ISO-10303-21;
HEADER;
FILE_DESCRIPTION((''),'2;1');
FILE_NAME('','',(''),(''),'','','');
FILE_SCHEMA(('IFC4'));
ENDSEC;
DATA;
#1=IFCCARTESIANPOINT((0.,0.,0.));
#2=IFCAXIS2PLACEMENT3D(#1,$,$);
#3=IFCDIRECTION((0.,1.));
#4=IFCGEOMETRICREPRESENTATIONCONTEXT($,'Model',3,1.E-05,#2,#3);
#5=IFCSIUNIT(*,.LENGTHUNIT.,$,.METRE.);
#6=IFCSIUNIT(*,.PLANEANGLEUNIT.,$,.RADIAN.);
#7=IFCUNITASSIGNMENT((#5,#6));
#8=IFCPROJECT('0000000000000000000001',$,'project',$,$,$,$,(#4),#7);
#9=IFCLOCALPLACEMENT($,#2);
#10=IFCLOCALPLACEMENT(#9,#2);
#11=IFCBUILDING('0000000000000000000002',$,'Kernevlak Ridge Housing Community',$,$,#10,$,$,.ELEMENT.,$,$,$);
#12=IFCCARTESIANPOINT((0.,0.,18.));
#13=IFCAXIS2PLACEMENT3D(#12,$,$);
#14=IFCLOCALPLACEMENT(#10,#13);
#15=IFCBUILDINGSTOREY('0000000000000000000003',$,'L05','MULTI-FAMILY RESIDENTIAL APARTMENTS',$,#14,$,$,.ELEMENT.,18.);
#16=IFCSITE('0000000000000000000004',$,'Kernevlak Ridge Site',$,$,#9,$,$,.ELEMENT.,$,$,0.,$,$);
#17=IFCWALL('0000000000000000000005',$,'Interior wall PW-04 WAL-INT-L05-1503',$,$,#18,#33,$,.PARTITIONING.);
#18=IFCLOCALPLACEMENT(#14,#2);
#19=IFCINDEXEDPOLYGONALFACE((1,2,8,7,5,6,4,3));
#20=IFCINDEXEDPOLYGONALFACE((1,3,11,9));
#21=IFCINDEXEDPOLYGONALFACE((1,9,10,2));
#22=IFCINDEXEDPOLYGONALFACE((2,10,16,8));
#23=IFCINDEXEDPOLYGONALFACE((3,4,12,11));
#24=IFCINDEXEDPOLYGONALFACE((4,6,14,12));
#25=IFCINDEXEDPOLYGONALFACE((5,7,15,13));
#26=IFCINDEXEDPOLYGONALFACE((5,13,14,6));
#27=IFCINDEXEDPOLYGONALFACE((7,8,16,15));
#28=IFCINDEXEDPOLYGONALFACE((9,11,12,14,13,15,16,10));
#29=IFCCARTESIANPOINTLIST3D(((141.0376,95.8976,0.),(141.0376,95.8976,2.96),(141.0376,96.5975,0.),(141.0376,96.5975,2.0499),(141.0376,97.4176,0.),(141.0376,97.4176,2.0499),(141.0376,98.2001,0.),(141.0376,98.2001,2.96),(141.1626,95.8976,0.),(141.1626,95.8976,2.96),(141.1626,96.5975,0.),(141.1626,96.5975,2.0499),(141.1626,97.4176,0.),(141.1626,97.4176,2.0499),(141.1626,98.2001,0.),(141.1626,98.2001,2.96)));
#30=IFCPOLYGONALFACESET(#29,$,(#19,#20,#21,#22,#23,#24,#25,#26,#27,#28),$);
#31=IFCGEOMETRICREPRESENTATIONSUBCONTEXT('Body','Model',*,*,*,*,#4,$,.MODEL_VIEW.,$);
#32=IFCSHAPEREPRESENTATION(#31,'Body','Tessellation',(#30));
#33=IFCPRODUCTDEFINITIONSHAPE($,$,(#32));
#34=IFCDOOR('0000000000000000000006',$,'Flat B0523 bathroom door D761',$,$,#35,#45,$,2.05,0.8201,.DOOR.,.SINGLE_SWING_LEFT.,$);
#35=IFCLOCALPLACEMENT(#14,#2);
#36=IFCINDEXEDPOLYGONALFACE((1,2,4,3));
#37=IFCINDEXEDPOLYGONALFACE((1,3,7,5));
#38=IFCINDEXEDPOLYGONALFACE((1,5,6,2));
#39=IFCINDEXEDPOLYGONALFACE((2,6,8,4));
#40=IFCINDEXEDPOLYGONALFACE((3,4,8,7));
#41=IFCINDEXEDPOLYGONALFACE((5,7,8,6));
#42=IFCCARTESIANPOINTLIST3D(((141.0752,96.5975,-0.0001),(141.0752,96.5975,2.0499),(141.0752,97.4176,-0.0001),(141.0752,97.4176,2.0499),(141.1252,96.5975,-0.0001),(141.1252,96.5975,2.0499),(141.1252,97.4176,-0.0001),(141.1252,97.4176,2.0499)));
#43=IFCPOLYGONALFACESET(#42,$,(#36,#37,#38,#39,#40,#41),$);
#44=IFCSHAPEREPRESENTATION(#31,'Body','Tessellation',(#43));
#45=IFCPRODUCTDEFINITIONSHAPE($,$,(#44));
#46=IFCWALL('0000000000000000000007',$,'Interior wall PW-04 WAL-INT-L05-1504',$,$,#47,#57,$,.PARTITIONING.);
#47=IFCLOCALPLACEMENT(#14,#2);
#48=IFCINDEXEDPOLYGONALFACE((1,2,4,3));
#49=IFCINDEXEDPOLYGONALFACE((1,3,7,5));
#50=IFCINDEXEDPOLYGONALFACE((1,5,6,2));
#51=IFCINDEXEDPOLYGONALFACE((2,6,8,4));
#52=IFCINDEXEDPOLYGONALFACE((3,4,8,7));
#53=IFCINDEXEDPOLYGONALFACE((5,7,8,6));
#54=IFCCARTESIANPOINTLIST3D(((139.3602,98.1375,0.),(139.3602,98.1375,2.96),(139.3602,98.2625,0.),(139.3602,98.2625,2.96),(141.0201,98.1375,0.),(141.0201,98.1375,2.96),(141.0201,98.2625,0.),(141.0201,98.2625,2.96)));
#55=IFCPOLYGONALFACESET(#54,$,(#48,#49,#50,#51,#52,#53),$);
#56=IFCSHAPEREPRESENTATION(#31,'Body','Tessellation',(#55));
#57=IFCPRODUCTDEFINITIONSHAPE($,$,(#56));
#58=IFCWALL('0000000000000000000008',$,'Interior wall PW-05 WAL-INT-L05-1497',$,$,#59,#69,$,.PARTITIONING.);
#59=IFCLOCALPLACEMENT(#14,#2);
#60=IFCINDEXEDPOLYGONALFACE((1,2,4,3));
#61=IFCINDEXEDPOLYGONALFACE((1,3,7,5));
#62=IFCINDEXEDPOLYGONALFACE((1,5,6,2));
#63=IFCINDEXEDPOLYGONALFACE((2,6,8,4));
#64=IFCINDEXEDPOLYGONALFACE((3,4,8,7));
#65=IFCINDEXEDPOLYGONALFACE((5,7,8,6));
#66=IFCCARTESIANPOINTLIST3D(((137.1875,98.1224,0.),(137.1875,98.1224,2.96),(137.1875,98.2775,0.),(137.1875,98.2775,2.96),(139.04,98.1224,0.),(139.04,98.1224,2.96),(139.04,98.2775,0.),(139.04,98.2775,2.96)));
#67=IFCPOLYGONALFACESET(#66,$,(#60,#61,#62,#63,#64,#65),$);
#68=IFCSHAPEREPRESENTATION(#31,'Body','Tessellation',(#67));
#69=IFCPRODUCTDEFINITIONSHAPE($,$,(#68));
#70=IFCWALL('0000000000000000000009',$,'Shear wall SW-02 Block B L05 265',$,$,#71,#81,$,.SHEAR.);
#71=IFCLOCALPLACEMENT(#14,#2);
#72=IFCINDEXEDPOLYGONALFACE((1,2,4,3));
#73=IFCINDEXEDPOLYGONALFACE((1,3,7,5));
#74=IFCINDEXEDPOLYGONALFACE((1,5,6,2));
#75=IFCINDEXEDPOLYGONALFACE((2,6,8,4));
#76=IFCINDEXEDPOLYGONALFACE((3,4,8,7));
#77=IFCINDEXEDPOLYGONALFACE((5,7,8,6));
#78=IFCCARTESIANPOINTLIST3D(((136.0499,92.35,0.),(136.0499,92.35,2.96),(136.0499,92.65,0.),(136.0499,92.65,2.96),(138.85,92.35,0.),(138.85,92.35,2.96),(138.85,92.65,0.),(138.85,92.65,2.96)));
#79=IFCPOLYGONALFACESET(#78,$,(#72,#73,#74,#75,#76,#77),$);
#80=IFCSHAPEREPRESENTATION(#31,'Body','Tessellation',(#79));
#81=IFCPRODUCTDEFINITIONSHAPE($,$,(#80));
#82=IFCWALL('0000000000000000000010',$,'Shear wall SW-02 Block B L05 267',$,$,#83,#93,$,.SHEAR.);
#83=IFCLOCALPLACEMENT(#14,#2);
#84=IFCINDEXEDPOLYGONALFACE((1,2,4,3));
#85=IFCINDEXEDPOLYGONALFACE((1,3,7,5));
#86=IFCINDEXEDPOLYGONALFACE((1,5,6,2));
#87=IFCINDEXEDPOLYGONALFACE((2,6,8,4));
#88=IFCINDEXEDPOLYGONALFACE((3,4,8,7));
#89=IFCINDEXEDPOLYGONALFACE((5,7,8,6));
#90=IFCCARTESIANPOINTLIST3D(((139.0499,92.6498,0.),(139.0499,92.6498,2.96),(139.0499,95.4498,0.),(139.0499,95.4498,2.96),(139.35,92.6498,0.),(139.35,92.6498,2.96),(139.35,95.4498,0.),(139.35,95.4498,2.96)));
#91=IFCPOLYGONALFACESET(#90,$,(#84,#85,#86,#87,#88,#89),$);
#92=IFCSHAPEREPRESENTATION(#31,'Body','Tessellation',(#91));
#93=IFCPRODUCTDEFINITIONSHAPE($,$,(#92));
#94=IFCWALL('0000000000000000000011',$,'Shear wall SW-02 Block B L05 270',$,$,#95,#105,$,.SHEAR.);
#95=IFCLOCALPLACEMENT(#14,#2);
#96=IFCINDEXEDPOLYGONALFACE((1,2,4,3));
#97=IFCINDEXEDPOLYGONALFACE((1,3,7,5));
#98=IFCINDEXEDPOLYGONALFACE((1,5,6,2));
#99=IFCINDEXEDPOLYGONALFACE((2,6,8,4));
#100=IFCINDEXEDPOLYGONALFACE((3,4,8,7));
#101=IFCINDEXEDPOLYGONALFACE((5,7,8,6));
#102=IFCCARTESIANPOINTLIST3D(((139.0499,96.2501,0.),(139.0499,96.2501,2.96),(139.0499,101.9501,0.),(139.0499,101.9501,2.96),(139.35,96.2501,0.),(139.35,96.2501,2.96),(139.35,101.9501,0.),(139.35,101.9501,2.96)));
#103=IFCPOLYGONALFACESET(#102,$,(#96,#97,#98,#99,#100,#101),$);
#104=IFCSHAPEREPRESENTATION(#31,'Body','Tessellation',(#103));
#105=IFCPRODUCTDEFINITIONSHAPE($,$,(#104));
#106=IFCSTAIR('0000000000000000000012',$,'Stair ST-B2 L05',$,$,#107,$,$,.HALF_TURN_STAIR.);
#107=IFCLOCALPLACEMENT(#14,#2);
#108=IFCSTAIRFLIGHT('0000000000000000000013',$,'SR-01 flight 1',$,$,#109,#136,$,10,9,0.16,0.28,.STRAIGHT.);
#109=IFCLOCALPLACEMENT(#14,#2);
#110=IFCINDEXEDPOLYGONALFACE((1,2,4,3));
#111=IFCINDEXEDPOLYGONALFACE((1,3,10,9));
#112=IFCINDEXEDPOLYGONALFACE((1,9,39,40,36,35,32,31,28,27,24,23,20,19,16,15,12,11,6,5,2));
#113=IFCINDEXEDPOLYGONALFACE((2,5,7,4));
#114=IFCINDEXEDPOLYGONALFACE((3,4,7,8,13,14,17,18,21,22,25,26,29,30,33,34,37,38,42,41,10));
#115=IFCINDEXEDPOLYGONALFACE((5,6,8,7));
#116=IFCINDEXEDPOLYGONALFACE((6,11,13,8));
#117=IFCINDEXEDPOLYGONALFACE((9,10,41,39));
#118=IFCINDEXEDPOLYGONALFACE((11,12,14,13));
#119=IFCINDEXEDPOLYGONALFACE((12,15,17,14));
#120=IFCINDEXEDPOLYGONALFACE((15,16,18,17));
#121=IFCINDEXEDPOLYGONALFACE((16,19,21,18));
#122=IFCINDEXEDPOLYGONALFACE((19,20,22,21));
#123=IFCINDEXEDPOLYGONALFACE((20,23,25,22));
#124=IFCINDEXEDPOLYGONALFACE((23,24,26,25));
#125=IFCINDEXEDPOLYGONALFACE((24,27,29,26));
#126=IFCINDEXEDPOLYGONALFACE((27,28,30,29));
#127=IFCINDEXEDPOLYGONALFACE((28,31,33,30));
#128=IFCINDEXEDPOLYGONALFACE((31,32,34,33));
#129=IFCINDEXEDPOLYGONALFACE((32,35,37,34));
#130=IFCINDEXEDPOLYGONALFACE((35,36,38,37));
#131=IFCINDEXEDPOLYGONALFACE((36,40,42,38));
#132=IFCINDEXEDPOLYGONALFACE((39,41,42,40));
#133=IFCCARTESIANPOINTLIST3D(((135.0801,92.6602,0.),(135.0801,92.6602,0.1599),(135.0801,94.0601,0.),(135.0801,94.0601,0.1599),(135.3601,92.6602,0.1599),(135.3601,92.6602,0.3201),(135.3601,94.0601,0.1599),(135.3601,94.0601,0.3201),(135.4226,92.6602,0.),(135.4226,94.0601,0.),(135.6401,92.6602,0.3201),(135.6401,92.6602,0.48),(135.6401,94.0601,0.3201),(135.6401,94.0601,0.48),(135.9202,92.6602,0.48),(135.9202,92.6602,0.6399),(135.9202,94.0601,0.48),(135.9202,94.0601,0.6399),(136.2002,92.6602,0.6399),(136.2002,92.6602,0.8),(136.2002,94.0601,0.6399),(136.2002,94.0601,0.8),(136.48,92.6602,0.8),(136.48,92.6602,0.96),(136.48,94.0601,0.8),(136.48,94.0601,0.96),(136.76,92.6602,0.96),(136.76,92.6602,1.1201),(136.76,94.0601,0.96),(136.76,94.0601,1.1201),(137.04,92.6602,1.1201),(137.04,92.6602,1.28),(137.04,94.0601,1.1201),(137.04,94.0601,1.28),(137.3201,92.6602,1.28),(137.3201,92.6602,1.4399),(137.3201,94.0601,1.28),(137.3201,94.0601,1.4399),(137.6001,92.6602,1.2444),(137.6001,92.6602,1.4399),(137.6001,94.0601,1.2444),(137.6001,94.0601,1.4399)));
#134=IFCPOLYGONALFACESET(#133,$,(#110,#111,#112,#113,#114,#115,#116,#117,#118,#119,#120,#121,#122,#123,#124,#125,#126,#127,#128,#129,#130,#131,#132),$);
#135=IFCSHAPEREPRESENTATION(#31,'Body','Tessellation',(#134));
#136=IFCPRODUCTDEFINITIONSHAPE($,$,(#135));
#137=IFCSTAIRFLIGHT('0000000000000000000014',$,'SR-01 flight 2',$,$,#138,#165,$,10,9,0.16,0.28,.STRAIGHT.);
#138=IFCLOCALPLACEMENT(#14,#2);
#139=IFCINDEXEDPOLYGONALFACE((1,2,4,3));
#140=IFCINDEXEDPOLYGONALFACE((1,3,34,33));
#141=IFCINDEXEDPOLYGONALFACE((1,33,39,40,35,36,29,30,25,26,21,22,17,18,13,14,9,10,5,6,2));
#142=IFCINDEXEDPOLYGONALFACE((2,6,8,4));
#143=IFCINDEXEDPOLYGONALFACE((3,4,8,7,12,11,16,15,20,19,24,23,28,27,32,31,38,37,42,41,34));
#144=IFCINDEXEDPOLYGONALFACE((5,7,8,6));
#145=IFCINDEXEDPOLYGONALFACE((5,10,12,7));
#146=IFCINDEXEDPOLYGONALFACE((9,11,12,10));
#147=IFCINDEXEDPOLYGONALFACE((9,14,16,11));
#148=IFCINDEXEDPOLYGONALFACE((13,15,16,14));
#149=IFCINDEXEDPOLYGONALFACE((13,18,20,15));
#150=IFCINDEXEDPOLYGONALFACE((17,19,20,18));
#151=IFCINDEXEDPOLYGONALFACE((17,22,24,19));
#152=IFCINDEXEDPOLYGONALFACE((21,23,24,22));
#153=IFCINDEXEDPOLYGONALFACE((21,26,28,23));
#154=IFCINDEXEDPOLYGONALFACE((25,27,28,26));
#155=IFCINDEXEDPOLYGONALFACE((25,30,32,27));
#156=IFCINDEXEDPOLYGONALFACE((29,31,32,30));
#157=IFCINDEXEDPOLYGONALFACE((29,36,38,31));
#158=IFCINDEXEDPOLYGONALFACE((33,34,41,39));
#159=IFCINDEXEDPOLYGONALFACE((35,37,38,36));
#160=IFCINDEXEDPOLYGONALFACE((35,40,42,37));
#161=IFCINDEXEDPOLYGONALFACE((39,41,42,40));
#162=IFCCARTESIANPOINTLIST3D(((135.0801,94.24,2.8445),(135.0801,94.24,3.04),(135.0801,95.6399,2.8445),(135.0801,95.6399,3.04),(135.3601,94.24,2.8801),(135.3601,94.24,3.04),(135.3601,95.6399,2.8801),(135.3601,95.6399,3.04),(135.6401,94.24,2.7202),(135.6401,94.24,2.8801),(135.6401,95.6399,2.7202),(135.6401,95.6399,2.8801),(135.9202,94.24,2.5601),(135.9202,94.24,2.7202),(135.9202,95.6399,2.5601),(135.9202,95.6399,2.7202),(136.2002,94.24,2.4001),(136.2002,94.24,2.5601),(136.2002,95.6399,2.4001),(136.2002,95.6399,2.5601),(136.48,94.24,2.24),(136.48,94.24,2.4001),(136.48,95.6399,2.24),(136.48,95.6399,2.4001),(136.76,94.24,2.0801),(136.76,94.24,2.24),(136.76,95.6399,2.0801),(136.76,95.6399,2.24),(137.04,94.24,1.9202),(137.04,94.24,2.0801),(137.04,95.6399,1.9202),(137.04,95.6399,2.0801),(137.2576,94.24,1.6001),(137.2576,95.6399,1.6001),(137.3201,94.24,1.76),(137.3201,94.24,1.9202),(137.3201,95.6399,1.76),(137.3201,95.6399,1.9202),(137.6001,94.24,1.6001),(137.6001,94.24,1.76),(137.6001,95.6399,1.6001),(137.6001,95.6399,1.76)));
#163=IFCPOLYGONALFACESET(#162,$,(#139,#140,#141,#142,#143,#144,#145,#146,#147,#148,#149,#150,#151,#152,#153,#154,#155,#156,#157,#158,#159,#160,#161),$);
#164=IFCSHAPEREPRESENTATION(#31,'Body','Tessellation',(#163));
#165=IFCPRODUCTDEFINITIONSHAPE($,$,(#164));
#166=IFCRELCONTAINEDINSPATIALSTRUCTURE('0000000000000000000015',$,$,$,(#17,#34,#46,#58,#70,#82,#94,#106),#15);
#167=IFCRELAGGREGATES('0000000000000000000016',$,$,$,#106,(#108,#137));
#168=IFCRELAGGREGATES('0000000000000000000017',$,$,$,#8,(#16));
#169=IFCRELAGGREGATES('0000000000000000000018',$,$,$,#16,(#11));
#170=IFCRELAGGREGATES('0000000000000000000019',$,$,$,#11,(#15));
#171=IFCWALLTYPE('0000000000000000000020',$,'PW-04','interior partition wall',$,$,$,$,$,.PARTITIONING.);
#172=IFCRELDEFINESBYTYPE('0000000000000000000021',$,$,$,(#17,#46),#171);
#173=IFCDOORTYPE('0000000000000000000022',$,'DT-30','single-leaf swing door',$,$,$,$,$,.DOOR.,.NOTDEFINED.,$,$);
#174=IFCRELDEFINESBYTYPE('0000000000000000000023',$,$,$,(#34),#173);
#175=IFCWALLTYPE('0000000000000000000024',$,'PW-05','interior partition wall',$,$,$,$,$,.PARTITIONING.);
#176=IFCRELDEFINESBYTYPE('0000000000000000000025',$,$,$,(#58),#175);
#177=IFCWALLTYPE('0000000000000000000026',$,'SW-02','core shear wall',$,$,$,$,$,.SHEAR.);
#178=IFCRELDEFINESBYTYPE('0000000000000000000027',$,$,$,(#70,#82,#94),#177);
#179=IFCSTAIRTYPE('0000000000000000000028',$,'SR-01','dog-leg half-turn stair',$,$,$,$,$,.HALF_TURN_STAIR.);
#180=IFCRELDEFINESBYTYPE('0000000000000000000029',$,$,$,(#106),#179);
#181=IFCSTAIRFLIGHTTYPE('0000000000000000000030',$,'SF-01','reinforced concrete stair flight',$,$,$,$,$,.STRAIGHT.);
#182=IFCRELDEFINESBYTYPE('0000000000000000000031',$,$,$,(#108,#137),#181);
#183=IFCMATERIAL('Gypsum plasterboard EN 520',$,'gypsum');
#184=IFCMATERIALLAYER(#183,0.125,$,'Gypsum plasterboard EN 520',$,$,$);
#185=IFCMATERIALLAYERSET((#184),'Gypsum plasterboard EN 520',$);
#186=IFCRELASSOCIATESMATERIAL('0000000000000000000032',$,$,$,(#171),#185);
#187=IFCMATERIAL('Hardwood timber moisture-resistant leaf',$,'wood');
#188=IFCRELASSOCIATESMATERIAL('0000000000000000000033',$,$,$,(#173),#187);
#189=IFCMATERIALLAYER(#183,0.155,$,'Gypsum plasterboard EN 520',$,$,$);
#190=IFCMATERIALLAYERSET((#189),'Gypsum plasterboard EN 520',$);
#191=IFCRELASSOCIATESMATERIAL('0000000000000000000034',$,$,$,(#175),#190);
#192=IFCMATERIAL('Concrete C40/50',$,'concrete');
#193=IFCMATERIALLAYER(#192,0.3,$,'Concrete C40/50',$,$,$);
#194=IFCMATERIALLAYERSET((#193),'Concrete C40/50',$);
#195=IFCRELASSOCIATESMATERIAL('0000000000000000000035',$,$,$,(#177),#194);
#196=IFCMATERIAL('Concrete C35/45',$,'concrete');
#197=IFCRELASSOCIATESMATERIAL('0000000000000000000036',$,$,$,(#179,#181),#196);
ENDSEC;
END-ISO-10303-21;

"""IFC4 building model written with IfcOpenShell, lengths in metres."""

from ifc_helpers import new_model, si_unit, direction, frame, frame_2d, origin, place, context, subcontext, project, spatial, polyline, rectangle, outline, extrude, material, layer, layer_set, type_object, element, fill, aggregate, save


model = new_model("IFC4")

# Units and contexts
model_context = context("Model", 3, precision=1e-05, world=origin(), true_north=direction((0.0, 1.0)))
body_context = subcontext(model_context, "Body", "Model", "MODEL_VIEW")
ifc_project = project(units=[si_unit("LENGTHUNIT", "METRE"), si_unit("PLANEANGLEUNIT", "RADIAN")], contexts=[model_context])

# Site, building, storey
site_placement = place(None, origin())
site = spatial("IfcSite", under=ifc_project, at=site_placement, Name="Kernevlak Ridge Site", CompositionType="ELEMENT", RefElevation=0.0)
building_placement = place(site_placement, origin())
building = spatial("IfcBuilding", under=site, at=building_placement, Name="Kernevlak Ridge Housing Community", CompositionType="ELEMENT")
storey_placement = place(building_placement, frame((0.0, 0.0, 18.0)))
storey = spatial("IfcBuildingStorey", under=building, at=storey_placement, Name="L05", Description="MULTI-FAMILY RESIDENTIAL APARTMENTS", CompositionType="ELEMENT", Elevation=18.0)

# Shared definitions
ifc_material_1 = material(Name="Concrete C40/50", Category="concrete")

# Shared definitions
ifc_material_2 = material(Name="Concrete C35/45", Category="concrete")

# Wall, opening, door
ifc_material_3 = material(Name="Gypsum plasterboard EN 520", Category="gypsum")
ifc_layer_1 = layer(ifc_material_3, 0.125, Name="Gypsum plasterboard EN 520")
ifc_layer_set_1 = layer_set([ifc_layer_1], Name="Gypsum plasterboard EN 520")
wall_type_1 = type_object("IfcWallType", Name="PW-04", Description="interior partition wall", PredefinedType="PARTITIONING", material=ifc_layer_set_1)
wall_1_placement = place(storey_placement, frame((141.1001, 95.8975, 0.0), z_axis=(0.0, 0.0, 1.0), x_axis=(0.0, 1.0, 0.0)))
wall_1 = element("IfcWall", 1, at=wall_1_placement, inside=storey, type_object=wall_type_1, Name="Interior wall PW-04 WAL-INT-L05-1503", PredefinedType="PARTITIONING", context=body_context, shape_type="SweptSolid", body=[
    extrude(rectangle(XDim=2.3025, YDim=0.125, at=frame_2d((1.1514, 0.0))), origin(), (0.0, 0.0, 1.0), 2.96),
])
opening_1_placement = place(wall_1_placement, frame((0.7, 0.0, 0.0)))
opening_1 = element("IfcOpeningElement", 2, at=opening_1_placement, cuts=wall_1, PredefinedType="OPENING", context=body_context, shape_type="SweptSolid", body=[
    extrude(rectangle(XDim=0.8201, YDim=2.05, at=frame_2d((0.4102, 1.0249))), frame((0.0, 0.0725, 0.0), z_axis=(0.0, -1.0, 0.0), x_axis=(1.0, 0.0, 0.0)), (0.0, 0.0, 1.0), 0.145),
])
ifc_material_4 = material(Name="Hardwood timber moisture-resistant leaf", Category="wood")
door_type_1 = type_object("IfcDoorType", Name="DT-30", Description="single-leaf swing door", OperationType="NOTDEFINED", PredefinedType="DOOR", material=ifc_material_4)
door_1_placement = place(opening_1_placement, origin())
door_1 = element("IfcDoor", 3, at=door_1_placement, inside=storey, type_object=door_type_1, Name="Flat B0523 bathroom door D761", OperationType="SINGLE_SWING_LEFT", OverallHeight=2.05, OverallWidth=0.8201, PredefinedType="DOOR", context=body_context, shape_type="SweptSolid", body=[
    extrude(rectangle(XDim=0.8201, YDim=2.05, at=frame_2d((0.4102, 1.0249))), frame((0.0, 0.0249, 0.0), z_axis=(0.0, -1.0, 0.0), x_axis=(1.0, 0.0, 0.0)), (0.0, 0.0, 1.0), 0.05),
])
fill(opening_1, door_1)

# Wall
wall_2_placement = place(storey_placement, frame((139.3601, 98.2, 0.0), z_axis=(0.0, 0.0, 1.0), x_axis=(1.0, 0.0, 0.0)))
element("IfcWall", 4, at=wall_2_placement, inside=storey, type_object=wall_type_1, Name="Interior wall PW-04 WAL-INT-L05-1504", PredefinedType="PARTITIONING", context=body_context, shape_type="SweptSolid", body=[
    extrude(rectangle(XDim=1.6599, YDim=0.125, at=frame_2d((0.8301, 0.0))), origin(), (0.0, 0.0, 1.0), 2.96),
])

# Shared definitions
ifc_layer_2 = layer(ifc_material_3, 0.155, Name="Gypsum plasterboard EN 520")
ifc_layer_set_2 = layer_set([ifc_layer_2], Name="Gypsum plasterboard EN 520")
wall_type_2 = type_object("IfcWallType", Name="PW-05", Description="interior partition wall", PredefinedType="PARTITIONING", material=ifc_layer_set_2)

# Walls
wall_3_placement = place(storey_placement, frame((137.1875, 98.2, 0.0), z_axis=(0.0, 0.0, 1.0), x_axis=(1.0, 0.0, 0.0)))
element("IfcWall", 5, at=wall_3_placement, inside=storey, type_object=wall_type_2, Name="Interior wall PW-05 WAL-INT-L05-1497", PredefinedType="PARTITIONING", context=body_context, shape_type="SweptSolid", body=[
    extrude(rectangle(XDim=1.8525, YDim=0.155, at=frame_2d((0.9263, 0.0))), origin(), (0.0, 0.0, 1.0), 2.96),
])
ifc_layer_3 = layer(ifc_material_1, 0.3, Name="Concrete C40/50")
ifc_layer_set_3 = layer_set([ifc_layer_3], Name="Concrete C40/50")
wall_type_3 = type_object("IfcWallType", Name="SW-02", Description="core shear wall", PredefinedType="SHEAR", material=ifc_layer_set_3)
for number, where, z_axis, x_axis, name in (
    (6, (136.05, 92.5, 0.0), (0.0, 0.0, 1.0), (1.0, 0.0, 0.0), "Shear wall SW-02 Block B L05 265"),
    (7, (139.2, 92.6499, 0.0), (0.0, 0.0, 1.0), (0.0, 1.0, 0.0), "Shear wall SW-02 Block B L05 267"),
):
    element("IfcWall", number, at=place(storey_placement, frame(where, z_axis=z_axis, x_axis=x_axis)), inside=storey, type_object=wall_type_3, Name=name, PredefinedType="SHEAR", context=body_context, shape_type="SweptSolid", body=[
        extrude(rectangle(XDim=2.8, YDim=0.3, at=frame_2d((1.3999, 0.0))), origin(), (0.0, 0.0, 1.0), 2.96),
    ])
wall_4_placement = place(storey_placement, frame((139.2, 96.25, 0.0), z_axis=(0.0, 0.0, 1.0), x_axis=(0.0, 1.0, 0.0)))
element("IfcWall", 8, at=wall_4_placement, inside=storey, type_object=wall_type_3, Name="Shear wall SW-02 Block B L05 270", PredefinedType="SHEAR", context=body_context, shape_type="SweptSolid", body=[
    extrude(rectangle(XDim=5.7, YDim=0.3, at=frame_2d((2.8501, 0.0))), origin(), (0.0, 0.0, 1.0), 2.96),
])

# Stair, stair flights
stair_type = type_object("IfcStairType", Name="SR-01", Description="dog-leg half-turn stair", PredefinedType="HALF_TURN_STAIR", material=ifc_material_2)
stair_placement = place(storey_placement, origin())
stair = element("IfcStair", 9, at=stair_placement, inside=storey, type_object=stair_type, Name="Stair ST-B2 L05", PredefinedType="HALF_TURN_STAIR")
stair_flight_type = type_object("IfcStairFlightType", Name="SF-01", Description="reinforced concrete stair flight", PredefinedType="STRAIGHT", material=ifc_material_2)
stair_flight_1_placement = place(storey_placement, frame((135.0801, 93.3601, 0.0), z_axis=(0.0, 0.0, 1.0), x_axis=(1.0, 0.0, 0.0)))
stair_flight_1 = element("IfcStairFlight", 10, at=stair_flight_1_placement, type_object=stair_flight_type, Name="SR-01 flight 1", NumberOfRisers=10, NumberOfTreads=9, PredefinedType="STRAIGHT", RiserHeight=0.16, TreadLength=0.28, context=body_context, shape_type="SweptSolid", body=[
    extrude(outline(polyline([(0.0, 0.0), (0.0, 0.1599), (0.28, 0.1599), (0.28, 0.3201), (0.5601, 0.3201), (0.5601, 0.48), (0.8401, 0.48), (0.8401, 0.6399), (1.1201, 0.6399), (1.1201, 0.8), (1.3999, 0.8), (1.3999, 0.96), (1.6799, 0.96), (1.6799, 1.1201), (1.96, 1.1201), (1.96, 1.28), (2.24, 1.28), (2.24, 1.4399), (2.52, 1.4399), (2.52, 1.6001), (2.52, 1.2444), (0.3425, 0.0), (0.0, 0.0)])), frame((0.0, 0.7, 0.0), z_axis=(0.0, -1.0, 0.0), x_axis=(1.0, 0.0, 0.0)), (0.0, 0.0, 1.0), 1.3999),
])
stair_flight_2_placement = place(storey_placement, frame((137.6001, 94.9399, 1.6001), z_axis=(0.0, 0.0, 1.0), x_axis=(-1.0, 0.0, 0.0)))
stair_flight_2 = element("IfcStairFlight", 11, at=stair_flight_2_placement, type_object=stair_flight_type, Name="SR-01 flight 2", NumberOfRisers=10, NumberOfTreads=9, PredefinedType="STRAIGHT", RiserHeight=0.16, TreadLength=0.28, context=body_context, shape_type="SweptSolid", body=[
    extrude(outline(polyline([(0.0, 0.0), (0.0, 0.1599), (0.28, 0.1599), (0.28, 0.3201), (0.5601, 0.3201), (0.5601, 0.48), (0.8401, 0.48), (0.8401, 0.6399), (1.1201, 0.6399), (1.1201, 0.8), (1.3999, 0.8), (1.3999, 0.96), (1.6799, 0.96), (1.6799, 1.1201), (1.96, 1.1201), (1.96, 1.28), (2.24, 1.28), (2.24, 1.4399), (2.52, 1.4399), (2.52, 1.6001), (2.52, 1.2444), (0.3425, 0.0), (0.0, 0.0)])), frame((0.0, 0.7, 0.0), z_axis=(0.0, -1.0, 0.0), x_axis=(1.0, 0.0, 0.0)), (0.0, 0.0, 1.0), 1.3999),
])
aggregate(stair, [stair_flight_1, stair_flight_2])

save(model, "model.ifc")
